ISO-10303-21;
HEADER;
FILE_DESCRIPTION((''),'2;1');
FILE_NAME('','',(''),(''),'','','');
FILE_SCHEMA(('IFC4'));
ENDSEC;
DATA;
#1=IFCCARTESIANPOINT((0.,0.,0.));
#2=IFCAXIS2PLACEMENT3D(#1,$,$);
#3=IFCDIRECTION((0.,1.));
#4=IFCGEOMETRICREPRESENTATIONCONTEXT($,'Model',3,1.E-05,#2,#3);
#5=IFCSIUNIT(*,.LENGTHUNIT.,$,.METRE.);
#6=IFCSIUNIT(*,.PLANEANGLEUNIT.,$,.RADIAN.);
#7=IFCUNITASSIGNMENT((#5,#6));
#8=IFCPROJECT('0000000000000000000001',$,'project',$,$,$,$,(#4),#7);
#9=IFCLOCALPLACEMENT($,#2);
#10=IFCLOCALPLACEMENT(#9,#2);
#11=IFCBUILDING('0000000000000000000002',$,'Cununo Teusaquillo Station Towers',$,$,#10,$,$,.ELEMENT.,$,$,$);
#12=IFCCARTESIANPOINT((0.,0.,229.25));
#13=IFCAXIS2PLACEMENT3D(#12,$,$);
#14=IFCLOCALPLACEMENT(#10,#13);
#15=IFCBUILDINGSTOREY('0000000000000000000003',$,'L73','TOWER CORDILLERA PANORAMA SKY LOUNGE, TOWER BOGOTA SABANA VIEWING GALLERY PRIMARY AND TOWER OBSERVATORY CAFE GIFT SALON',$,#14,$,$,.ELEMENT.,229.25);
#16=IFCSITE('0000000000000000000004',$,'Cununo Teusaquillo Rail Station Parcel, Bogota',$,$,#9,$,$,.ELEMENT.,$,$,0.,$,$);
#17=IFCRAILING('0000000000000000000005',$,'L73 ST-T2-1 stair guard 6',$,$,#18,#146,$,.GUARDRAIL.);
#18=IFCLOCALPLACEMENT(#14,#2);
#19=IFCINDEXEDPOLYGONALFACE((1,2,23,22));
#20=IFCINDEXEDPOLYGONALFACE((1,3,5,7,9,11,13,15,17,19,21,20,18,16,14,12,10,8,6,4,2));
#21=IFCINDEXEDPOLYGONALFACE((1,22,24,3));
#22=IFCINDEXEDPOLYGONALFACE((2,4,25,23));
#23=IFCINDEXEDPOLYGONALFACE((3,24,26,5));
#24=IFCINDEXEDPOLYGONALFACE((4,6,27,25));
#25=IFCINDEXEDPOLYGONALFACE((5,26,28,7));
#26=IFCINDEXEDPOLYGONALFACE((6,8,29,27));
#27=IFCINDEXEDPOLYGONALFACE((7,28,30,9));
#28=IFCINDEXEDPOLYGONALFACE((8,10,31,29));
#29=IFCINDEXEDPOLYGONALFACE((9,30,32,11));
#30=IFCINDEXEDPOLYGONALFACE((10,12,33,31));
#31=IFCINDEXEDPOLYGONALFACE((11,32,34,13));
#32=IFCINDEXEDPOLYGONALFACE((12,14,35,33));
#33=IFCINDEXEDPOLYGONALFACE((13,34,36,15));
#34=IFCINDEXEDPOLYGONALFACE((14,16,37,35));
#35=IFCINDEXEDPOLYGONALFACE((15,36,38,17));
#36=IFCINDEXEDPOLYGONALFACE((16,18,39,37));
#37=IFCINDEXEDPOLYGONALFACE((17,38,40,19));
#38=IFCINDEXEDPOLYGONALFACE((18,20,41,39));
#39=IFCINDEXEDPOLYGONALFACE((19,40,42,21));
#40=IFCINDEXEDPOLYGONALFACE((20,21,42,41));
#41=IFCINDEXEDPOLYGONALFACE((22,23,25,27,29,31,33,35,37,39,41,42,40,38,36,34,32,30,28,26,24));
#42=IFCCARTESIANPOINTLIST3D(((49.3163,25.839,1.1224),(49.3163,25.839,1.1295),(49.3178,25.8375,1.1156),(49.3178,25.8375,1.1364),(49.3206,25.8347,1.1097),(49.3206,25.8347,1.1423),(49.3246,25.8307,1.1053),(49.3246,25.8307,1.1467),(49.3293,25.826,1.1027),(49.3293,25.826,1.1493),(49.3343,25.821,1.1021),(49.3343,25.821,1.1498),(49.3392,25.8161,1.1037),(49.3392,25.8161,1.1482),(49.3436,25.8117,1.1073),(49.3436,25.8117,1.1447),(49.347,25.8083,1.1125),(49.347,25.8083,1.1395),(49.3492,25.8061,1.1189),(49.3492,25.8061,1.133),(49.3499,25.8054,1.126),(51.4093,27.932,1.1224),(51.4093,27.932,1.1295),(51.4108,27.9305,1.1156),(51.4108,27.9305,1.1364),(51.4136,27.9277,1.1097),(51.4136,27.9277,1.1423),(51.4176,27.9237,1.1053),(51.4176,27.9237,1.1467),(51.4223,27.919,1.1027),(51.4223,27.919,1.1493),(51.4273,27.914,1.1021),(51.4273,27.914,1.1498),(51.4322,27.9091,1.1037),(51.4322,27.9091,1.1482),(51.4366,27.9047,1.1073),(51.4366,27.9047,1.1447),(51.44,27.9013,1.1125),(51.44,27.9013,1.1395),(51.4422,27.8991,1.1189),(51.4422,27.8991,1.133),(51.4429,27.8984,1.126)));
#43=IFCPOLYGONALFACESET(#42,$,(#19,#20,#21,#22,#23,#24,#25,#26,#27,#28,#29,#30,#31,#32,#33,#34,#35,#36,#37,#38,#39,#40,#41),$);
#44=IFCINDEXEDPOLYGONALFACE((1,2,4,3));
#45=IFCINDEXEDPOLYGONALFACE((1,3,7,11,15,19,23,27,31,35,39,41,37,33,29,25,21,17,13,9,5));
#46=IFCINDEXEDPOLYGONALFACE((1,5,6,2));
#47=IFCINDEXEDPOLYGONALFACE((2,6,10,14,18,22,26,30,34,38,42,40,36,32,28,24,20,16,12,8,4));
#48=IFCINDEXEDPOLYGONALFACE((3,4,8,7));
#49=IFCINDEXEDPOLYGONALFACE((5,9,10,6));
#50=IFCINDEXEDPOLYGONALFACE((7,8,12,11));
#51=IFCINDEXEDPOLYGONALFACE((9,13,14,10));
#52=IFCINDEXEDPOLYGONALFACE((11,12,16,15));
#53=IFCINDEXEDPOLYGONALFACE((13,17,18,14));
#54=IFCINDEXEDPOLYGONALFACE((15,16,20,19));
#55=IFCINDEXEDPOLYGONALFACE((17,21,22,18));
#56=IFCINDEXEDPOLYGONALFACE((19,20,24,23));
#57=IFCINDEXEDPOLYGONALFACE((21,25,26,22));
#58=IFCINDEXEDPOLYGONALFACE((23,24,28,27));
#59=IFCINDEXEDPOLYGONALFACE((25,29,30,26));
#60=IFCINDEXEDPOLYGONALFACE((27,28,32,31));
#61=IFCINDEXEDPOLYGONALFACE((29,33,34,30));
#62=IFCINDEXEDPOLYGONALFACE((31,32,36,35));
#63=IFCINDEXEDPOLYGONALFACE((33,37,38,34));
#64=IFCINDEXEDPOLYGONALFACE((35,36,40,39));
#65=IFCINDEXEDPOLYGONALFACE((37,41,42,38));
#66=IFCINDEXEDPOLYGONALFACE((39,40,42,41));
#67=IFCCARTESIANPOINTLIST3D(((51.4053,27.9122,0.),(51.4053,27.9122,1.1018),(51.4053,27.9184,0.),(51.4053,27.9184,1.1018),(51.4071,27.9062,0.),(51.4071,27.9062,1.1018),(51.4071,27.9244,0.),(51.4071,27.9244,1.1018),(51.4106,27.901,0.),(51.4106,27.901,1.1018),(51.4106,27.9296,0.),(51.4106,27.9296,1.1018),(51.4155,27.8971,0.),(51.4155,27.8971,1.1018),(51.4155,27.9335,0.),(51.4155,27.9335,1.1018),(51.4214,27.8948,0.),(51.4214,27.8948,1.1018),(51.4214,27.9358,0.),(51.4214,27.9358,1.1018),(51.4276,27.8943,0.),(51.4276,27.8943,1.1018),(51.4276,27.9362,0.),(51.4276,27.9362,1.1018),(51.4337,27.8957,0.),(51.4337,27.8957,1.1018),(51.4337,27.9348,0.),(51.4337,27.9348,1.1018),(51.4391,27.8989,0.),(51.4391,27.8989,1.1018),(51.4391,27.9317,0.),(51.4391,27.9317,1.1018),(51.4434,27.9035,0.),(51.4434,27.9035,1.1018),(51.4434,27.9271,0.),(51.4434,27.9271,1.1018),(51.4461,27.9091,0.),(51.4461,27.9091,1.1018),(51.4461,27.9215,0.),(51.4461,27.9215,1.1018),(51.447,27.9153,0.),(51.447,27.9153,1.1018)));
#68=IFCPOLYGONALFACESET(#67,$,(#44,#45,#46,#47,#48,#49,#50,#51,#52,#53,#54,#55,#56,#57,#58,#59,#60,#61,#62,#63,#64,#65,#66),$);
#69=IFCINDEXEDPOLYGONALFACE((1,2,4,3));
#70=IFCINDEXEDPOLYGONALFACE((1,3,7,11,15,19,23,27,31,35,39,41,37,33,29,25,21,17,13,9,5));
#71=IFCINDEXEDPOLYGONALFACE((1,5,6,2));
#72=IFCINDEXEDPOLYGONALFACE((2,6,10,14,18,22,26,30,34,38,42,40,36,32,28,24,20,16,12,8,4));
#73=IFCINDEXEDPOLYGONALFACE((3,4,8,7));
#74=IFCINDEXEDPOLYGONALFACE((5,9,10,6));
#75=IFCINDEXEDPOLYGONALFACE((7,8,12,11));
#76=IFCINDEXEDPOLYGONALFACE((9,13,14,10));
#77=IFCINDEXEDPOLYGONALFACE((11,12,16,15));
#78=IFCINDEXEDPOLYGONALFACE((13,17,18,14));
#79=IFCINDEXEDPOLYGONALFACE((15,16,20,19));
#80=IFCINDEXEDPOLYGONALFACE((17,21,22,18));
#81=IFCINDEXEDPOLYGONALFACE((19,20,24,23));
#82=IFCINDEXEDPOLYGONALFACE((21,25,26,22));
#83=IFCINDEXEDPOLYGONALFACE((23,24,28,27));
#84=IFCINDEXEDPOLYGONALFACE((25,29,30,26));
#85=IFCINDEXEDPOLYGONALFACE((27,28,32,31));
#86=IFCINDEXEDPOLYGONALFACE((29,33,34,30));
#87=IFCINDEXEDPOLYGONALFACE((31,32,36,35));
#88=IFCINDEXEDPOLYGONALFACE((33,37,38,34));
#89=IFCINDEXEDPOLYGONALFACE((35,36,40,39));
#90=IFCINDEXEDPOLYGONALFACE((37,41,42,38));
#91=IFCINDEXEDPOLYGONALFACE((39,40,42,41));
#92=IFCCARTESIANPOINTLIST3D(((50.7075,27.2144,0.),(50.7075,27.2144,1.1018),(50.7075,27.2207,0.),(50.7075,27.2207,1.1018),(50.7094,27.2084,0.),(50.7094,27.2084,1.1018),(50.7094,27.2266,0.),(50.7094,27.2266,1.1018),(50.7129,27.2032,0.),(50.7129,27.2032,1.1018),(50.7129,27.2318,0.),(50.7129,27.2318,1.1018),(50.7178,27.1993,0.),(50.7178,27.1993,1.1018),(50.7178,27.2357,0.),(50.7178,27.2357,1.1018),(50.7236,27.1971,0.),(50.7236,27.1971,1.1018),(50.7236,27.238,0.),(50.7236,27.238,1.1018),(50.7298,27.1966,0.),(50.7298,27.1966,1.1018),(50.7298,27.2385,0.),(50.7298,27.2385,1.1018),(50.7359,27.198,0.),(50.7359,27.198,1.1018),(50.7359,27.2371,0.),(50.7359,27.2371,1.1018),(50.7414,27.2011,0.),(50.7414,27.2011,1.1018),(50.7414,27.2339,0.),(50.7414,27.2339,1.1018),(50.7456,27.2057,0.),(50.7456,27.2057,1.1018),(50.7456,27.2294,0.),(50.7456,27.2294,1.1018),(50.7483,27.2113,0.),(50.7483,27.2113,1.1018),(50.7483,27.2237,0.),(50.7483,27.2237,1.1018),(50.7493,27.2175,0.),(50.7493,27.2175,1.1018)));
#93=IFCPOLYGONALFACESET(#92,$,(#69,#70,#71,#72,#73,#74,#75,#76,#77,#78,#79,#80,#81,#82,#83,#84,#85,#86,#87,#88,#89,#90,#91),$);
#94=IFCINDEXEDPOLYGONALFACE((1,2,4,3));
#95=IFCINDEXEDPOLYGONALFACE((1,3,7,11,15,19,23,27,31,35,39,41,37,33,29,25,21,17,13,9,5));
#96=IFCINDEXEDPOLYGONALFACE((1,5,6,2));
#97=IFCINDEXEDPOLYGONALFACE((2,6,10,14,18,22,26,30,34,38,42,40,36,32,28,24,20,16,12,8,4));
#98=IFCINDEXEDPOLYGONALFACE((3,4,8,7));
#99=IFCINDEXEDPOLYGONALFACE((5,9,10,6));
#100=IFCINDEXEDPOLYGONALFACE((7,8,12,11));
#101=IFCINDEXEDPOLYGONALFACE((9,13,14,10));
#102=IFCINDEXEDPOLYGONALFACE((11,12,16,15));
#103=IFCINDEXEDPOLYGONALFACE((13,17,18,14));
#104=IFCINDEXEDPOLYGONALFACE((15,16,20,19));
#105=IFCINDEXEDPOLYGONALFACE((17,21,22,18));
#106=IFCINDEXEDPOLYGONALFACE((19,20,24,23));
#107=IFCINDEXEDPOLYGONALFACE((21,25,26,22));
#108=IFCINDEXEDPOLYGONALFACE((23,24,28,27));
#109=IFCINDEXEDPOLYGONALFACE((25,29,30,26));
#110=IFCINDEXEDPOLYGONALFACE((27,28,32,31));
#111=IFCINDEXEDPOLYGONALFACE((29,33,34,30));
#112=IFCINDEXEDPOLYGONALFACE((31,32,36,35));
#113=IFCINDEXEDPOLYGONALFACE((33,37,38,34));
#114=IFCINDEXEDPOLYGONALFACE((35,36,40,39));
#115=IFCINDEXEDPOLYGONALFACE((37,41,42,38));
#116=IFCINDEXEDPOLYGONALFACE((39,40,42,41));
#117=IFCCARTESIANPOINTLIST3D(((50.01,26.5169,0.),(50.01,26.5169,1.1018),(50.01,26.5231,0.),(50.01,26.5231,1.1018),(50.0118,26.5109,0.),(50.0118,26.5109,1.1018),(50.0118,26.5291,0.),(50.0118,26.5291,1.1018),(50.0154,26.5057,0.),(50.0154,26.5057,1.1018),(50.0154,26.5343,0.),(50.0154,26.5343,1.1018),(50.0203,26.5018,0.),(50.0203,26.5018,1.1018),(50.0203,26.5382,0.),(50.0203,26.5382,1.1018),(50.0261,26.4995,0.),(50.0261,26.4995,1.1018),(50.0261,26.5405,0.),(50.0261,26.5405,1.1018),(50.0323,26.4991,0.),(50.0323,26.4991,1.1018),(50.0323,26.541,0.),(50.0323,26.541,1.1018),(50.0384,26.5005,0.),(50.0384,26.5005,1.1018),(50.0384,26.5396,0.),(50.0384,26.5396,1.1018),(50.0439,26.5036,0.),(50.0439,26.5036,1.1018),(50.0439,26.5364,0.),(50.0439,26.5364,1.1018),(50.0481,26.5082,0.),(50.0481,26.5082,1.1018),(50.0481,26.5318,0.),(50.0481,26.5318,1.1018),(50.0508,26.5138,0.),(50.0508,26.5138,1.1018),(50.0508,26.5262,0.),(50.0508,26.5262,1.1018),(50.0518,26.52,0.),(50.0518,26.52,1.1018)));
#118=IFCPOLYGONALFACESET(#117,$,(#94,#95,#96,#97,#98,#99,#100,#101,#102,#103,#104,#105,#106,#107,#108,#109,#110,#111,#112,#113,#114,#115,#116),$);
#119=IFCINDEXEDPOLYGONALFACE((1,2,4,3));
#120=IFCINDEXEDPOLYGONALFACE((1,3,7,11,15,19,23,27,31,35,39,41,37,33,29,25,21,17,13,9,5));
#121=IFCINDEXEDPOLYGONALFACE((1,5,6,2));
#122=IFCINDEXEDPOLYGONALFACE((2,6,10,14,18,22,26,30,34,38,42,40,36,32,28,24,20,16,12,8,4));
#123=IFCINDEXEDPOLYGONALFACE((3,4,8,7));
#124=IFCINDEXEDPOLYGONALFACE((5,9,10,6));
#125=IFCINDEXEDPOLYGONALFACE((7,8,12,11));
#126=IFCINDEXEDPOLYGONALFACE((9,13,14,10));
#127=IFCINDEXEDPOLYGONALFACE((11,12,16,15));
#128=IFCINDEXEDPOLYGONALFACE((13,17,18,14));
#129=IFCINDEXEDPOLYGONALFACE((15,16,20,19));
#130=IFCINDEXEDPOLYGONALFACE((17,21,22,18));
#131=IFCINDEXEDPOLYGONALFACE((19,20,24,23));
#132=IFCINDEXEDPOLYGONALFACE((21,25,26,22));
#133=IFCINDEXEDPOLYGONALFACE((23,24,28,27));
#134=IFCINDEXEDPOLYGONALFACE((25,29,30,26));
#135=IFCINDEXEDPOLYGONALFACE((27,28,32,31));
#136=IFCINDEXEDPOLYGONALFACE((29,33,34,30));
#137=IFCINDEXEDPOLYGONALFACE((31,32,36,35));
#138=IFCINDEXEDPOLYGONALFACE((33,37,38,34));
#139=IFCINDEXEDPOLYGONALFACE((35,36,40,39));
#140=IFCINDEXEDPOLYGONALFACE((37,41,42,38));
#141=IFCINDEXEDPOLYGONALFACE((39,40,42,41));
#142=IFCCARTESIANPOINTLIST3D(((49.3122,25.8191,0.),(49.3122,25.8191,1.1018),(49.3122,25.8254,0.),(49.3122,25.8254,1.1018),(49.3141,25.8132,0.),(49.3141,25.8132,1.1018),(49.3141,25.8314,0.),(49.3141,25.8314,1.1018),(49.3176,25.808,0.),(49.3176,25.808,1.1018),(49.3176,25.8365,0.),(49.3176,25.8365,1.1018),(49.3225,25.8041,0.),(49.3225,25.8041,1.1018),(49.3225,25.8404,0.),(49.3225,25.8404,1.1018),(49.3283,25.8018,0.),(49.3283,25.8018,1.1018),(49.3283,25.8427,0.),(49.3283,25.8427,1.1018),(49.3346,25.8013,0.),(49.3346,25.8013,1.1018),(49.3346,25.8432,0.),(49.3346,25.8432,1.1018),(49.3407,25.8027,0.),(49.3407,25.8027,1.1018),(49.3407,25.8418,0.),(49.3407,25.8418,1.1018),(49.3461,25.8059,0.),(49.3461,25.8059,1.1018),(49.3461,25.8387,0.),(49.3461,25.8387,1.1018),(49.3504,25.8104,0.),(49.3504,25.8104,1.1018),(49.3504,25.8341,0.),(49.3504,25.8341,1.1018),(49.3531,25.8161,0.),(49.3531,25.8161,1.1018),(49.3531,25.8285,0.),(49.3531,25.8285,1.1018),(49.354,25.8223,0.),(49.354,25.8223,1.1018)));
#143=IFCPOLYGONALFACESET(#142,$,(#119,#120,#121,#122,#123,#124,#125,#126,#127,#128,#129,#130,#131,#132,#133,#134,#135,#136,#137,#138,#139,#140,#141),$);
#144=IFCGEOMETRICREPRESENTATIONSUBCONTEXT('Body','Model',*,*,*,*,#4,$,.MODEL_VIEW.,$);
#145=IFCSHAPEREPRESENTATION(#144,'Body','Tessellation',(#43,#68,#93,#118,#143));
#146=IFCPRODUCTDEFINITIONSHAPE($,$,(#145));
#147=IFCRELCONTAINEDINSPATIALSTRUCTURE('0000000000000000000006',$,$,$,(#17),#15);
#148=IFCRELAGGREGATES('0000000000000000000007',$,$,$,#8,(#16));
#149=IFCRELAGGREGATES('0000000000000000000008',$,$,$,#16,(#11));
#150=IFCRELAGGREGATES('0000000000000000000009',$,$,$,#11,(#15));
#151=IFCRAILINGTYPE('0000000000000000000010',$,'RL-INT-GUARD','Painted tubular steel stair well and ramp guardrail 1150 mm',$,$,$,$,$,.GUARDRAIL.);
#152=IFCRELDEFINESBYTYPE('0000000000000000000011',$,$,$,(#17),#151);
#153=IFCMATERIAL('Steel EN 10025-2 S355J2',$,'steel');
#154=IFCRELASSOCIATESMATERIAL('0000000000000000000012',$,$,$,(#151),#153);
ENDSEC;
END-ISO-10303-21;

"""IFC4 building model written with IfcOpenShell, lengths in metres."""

from ifc_helpers import new_model, si_unit, direction, frame, origin, origin_2d, place, context, subcontext, project, spatial, circle, extrude, material, type_object, element, save


model = new_model("IFC4")

# Units and contexts
model_context = context("Model", 3, precision=1e-05, world=origin(), true_north=direction((0.0, 1.0)))
body_context = subcontext(model_context, "Body", "Model", "MODEL_VIEW")
ifc_project = project(units=[si_unit("LENGTHUNIT", "METRE"), si_unit("PLANEANGLEUNIT", "RADIAN")], contexts=[model_context])

# Site, building, storey
site_placement = place(None, origin())
site = spatial("IfcSite", under=ifc_project, at=site_placement, Name="Cununo Teusaquillo Rail Station Parcel, Bogota", CompositionType="ELEMENT", RefElevation=0.0)
building_placement = place(site_placement, origin())
building = spatial("IfcBuilding", under=site, at=building_placement, Name="Cununo Teusaquillo Station Towers", CompositionType="ELEMENT")
storey_placement = place(building_placement, frame((0.0, 0.0, 229.25)))
storey = spatial("IfcBuildingStorey", under=building, at=storey_placement, Name="L73", Description="TOWER CORDILLERA PANORAMA SKY LOUNGE, TOWER BOGOTA SABANA VIEWING GALLERY PRIMARY AND TOWER OBSERVATORY CAFE GIFT SALON", CompositionType="ELEMENT", Elevation=229.25)

# Railing
ifc_material_1 = material(Name="Steel EN 10025-2 S355J2", Category="steel")
railing_type = type_object("IfcRailingType", Name="RL-INT-GUARD", Description="Painted tubular steel stair well and ramp guardrail 1150 mm", PredefinedType="GUARDRAIL", material=ifc_material_1)
railing_placement = place(storey_placement, frame((51.426, 27.9153, 0.0)))
element("IfcRailing", 1, at=railing_placement, inside=storey, type_object=railing_type, Name="L73 ST-T2-1 stair guard 6", PredefinedType="GUARDRAIL", context=body_context, shape_type="SweptSolid", body=[
    extrude(circle(Radius=0.0239, at=origin_2d()), frame((0.0, 0.0, 1.126), z_axis=(-0.707107, -0.707107, 0.0), x_axis=(0.707107, -0.707107, 0.0)), (0.0, 0.0, 1.0), 2.96),
    extrude(circle(Radius=0.021, at=origin_2d()), origin(), (0.0, 0.0, 1.0), 1.1018),
    extrude(circle(Radius=0.021, at=origin_2d()), frame((-0.6978, -0.6978, 0.0)), (0.0, 0.0, 1.0), 1.1018),
    extrude(circle(Radius=0.021, at=origin_2d()), frame((-1.3953, -1.3953, 0.0)), (0.0, 0.0, 1.0), 1.1018),
    extrude(circle(Radius=0.021, at=origin_2d()), frame((-2.093, -2.093, 0.0)), (0.0, 0.0, 1.0), 1.1018),
])

save(model, "model.ifc")
